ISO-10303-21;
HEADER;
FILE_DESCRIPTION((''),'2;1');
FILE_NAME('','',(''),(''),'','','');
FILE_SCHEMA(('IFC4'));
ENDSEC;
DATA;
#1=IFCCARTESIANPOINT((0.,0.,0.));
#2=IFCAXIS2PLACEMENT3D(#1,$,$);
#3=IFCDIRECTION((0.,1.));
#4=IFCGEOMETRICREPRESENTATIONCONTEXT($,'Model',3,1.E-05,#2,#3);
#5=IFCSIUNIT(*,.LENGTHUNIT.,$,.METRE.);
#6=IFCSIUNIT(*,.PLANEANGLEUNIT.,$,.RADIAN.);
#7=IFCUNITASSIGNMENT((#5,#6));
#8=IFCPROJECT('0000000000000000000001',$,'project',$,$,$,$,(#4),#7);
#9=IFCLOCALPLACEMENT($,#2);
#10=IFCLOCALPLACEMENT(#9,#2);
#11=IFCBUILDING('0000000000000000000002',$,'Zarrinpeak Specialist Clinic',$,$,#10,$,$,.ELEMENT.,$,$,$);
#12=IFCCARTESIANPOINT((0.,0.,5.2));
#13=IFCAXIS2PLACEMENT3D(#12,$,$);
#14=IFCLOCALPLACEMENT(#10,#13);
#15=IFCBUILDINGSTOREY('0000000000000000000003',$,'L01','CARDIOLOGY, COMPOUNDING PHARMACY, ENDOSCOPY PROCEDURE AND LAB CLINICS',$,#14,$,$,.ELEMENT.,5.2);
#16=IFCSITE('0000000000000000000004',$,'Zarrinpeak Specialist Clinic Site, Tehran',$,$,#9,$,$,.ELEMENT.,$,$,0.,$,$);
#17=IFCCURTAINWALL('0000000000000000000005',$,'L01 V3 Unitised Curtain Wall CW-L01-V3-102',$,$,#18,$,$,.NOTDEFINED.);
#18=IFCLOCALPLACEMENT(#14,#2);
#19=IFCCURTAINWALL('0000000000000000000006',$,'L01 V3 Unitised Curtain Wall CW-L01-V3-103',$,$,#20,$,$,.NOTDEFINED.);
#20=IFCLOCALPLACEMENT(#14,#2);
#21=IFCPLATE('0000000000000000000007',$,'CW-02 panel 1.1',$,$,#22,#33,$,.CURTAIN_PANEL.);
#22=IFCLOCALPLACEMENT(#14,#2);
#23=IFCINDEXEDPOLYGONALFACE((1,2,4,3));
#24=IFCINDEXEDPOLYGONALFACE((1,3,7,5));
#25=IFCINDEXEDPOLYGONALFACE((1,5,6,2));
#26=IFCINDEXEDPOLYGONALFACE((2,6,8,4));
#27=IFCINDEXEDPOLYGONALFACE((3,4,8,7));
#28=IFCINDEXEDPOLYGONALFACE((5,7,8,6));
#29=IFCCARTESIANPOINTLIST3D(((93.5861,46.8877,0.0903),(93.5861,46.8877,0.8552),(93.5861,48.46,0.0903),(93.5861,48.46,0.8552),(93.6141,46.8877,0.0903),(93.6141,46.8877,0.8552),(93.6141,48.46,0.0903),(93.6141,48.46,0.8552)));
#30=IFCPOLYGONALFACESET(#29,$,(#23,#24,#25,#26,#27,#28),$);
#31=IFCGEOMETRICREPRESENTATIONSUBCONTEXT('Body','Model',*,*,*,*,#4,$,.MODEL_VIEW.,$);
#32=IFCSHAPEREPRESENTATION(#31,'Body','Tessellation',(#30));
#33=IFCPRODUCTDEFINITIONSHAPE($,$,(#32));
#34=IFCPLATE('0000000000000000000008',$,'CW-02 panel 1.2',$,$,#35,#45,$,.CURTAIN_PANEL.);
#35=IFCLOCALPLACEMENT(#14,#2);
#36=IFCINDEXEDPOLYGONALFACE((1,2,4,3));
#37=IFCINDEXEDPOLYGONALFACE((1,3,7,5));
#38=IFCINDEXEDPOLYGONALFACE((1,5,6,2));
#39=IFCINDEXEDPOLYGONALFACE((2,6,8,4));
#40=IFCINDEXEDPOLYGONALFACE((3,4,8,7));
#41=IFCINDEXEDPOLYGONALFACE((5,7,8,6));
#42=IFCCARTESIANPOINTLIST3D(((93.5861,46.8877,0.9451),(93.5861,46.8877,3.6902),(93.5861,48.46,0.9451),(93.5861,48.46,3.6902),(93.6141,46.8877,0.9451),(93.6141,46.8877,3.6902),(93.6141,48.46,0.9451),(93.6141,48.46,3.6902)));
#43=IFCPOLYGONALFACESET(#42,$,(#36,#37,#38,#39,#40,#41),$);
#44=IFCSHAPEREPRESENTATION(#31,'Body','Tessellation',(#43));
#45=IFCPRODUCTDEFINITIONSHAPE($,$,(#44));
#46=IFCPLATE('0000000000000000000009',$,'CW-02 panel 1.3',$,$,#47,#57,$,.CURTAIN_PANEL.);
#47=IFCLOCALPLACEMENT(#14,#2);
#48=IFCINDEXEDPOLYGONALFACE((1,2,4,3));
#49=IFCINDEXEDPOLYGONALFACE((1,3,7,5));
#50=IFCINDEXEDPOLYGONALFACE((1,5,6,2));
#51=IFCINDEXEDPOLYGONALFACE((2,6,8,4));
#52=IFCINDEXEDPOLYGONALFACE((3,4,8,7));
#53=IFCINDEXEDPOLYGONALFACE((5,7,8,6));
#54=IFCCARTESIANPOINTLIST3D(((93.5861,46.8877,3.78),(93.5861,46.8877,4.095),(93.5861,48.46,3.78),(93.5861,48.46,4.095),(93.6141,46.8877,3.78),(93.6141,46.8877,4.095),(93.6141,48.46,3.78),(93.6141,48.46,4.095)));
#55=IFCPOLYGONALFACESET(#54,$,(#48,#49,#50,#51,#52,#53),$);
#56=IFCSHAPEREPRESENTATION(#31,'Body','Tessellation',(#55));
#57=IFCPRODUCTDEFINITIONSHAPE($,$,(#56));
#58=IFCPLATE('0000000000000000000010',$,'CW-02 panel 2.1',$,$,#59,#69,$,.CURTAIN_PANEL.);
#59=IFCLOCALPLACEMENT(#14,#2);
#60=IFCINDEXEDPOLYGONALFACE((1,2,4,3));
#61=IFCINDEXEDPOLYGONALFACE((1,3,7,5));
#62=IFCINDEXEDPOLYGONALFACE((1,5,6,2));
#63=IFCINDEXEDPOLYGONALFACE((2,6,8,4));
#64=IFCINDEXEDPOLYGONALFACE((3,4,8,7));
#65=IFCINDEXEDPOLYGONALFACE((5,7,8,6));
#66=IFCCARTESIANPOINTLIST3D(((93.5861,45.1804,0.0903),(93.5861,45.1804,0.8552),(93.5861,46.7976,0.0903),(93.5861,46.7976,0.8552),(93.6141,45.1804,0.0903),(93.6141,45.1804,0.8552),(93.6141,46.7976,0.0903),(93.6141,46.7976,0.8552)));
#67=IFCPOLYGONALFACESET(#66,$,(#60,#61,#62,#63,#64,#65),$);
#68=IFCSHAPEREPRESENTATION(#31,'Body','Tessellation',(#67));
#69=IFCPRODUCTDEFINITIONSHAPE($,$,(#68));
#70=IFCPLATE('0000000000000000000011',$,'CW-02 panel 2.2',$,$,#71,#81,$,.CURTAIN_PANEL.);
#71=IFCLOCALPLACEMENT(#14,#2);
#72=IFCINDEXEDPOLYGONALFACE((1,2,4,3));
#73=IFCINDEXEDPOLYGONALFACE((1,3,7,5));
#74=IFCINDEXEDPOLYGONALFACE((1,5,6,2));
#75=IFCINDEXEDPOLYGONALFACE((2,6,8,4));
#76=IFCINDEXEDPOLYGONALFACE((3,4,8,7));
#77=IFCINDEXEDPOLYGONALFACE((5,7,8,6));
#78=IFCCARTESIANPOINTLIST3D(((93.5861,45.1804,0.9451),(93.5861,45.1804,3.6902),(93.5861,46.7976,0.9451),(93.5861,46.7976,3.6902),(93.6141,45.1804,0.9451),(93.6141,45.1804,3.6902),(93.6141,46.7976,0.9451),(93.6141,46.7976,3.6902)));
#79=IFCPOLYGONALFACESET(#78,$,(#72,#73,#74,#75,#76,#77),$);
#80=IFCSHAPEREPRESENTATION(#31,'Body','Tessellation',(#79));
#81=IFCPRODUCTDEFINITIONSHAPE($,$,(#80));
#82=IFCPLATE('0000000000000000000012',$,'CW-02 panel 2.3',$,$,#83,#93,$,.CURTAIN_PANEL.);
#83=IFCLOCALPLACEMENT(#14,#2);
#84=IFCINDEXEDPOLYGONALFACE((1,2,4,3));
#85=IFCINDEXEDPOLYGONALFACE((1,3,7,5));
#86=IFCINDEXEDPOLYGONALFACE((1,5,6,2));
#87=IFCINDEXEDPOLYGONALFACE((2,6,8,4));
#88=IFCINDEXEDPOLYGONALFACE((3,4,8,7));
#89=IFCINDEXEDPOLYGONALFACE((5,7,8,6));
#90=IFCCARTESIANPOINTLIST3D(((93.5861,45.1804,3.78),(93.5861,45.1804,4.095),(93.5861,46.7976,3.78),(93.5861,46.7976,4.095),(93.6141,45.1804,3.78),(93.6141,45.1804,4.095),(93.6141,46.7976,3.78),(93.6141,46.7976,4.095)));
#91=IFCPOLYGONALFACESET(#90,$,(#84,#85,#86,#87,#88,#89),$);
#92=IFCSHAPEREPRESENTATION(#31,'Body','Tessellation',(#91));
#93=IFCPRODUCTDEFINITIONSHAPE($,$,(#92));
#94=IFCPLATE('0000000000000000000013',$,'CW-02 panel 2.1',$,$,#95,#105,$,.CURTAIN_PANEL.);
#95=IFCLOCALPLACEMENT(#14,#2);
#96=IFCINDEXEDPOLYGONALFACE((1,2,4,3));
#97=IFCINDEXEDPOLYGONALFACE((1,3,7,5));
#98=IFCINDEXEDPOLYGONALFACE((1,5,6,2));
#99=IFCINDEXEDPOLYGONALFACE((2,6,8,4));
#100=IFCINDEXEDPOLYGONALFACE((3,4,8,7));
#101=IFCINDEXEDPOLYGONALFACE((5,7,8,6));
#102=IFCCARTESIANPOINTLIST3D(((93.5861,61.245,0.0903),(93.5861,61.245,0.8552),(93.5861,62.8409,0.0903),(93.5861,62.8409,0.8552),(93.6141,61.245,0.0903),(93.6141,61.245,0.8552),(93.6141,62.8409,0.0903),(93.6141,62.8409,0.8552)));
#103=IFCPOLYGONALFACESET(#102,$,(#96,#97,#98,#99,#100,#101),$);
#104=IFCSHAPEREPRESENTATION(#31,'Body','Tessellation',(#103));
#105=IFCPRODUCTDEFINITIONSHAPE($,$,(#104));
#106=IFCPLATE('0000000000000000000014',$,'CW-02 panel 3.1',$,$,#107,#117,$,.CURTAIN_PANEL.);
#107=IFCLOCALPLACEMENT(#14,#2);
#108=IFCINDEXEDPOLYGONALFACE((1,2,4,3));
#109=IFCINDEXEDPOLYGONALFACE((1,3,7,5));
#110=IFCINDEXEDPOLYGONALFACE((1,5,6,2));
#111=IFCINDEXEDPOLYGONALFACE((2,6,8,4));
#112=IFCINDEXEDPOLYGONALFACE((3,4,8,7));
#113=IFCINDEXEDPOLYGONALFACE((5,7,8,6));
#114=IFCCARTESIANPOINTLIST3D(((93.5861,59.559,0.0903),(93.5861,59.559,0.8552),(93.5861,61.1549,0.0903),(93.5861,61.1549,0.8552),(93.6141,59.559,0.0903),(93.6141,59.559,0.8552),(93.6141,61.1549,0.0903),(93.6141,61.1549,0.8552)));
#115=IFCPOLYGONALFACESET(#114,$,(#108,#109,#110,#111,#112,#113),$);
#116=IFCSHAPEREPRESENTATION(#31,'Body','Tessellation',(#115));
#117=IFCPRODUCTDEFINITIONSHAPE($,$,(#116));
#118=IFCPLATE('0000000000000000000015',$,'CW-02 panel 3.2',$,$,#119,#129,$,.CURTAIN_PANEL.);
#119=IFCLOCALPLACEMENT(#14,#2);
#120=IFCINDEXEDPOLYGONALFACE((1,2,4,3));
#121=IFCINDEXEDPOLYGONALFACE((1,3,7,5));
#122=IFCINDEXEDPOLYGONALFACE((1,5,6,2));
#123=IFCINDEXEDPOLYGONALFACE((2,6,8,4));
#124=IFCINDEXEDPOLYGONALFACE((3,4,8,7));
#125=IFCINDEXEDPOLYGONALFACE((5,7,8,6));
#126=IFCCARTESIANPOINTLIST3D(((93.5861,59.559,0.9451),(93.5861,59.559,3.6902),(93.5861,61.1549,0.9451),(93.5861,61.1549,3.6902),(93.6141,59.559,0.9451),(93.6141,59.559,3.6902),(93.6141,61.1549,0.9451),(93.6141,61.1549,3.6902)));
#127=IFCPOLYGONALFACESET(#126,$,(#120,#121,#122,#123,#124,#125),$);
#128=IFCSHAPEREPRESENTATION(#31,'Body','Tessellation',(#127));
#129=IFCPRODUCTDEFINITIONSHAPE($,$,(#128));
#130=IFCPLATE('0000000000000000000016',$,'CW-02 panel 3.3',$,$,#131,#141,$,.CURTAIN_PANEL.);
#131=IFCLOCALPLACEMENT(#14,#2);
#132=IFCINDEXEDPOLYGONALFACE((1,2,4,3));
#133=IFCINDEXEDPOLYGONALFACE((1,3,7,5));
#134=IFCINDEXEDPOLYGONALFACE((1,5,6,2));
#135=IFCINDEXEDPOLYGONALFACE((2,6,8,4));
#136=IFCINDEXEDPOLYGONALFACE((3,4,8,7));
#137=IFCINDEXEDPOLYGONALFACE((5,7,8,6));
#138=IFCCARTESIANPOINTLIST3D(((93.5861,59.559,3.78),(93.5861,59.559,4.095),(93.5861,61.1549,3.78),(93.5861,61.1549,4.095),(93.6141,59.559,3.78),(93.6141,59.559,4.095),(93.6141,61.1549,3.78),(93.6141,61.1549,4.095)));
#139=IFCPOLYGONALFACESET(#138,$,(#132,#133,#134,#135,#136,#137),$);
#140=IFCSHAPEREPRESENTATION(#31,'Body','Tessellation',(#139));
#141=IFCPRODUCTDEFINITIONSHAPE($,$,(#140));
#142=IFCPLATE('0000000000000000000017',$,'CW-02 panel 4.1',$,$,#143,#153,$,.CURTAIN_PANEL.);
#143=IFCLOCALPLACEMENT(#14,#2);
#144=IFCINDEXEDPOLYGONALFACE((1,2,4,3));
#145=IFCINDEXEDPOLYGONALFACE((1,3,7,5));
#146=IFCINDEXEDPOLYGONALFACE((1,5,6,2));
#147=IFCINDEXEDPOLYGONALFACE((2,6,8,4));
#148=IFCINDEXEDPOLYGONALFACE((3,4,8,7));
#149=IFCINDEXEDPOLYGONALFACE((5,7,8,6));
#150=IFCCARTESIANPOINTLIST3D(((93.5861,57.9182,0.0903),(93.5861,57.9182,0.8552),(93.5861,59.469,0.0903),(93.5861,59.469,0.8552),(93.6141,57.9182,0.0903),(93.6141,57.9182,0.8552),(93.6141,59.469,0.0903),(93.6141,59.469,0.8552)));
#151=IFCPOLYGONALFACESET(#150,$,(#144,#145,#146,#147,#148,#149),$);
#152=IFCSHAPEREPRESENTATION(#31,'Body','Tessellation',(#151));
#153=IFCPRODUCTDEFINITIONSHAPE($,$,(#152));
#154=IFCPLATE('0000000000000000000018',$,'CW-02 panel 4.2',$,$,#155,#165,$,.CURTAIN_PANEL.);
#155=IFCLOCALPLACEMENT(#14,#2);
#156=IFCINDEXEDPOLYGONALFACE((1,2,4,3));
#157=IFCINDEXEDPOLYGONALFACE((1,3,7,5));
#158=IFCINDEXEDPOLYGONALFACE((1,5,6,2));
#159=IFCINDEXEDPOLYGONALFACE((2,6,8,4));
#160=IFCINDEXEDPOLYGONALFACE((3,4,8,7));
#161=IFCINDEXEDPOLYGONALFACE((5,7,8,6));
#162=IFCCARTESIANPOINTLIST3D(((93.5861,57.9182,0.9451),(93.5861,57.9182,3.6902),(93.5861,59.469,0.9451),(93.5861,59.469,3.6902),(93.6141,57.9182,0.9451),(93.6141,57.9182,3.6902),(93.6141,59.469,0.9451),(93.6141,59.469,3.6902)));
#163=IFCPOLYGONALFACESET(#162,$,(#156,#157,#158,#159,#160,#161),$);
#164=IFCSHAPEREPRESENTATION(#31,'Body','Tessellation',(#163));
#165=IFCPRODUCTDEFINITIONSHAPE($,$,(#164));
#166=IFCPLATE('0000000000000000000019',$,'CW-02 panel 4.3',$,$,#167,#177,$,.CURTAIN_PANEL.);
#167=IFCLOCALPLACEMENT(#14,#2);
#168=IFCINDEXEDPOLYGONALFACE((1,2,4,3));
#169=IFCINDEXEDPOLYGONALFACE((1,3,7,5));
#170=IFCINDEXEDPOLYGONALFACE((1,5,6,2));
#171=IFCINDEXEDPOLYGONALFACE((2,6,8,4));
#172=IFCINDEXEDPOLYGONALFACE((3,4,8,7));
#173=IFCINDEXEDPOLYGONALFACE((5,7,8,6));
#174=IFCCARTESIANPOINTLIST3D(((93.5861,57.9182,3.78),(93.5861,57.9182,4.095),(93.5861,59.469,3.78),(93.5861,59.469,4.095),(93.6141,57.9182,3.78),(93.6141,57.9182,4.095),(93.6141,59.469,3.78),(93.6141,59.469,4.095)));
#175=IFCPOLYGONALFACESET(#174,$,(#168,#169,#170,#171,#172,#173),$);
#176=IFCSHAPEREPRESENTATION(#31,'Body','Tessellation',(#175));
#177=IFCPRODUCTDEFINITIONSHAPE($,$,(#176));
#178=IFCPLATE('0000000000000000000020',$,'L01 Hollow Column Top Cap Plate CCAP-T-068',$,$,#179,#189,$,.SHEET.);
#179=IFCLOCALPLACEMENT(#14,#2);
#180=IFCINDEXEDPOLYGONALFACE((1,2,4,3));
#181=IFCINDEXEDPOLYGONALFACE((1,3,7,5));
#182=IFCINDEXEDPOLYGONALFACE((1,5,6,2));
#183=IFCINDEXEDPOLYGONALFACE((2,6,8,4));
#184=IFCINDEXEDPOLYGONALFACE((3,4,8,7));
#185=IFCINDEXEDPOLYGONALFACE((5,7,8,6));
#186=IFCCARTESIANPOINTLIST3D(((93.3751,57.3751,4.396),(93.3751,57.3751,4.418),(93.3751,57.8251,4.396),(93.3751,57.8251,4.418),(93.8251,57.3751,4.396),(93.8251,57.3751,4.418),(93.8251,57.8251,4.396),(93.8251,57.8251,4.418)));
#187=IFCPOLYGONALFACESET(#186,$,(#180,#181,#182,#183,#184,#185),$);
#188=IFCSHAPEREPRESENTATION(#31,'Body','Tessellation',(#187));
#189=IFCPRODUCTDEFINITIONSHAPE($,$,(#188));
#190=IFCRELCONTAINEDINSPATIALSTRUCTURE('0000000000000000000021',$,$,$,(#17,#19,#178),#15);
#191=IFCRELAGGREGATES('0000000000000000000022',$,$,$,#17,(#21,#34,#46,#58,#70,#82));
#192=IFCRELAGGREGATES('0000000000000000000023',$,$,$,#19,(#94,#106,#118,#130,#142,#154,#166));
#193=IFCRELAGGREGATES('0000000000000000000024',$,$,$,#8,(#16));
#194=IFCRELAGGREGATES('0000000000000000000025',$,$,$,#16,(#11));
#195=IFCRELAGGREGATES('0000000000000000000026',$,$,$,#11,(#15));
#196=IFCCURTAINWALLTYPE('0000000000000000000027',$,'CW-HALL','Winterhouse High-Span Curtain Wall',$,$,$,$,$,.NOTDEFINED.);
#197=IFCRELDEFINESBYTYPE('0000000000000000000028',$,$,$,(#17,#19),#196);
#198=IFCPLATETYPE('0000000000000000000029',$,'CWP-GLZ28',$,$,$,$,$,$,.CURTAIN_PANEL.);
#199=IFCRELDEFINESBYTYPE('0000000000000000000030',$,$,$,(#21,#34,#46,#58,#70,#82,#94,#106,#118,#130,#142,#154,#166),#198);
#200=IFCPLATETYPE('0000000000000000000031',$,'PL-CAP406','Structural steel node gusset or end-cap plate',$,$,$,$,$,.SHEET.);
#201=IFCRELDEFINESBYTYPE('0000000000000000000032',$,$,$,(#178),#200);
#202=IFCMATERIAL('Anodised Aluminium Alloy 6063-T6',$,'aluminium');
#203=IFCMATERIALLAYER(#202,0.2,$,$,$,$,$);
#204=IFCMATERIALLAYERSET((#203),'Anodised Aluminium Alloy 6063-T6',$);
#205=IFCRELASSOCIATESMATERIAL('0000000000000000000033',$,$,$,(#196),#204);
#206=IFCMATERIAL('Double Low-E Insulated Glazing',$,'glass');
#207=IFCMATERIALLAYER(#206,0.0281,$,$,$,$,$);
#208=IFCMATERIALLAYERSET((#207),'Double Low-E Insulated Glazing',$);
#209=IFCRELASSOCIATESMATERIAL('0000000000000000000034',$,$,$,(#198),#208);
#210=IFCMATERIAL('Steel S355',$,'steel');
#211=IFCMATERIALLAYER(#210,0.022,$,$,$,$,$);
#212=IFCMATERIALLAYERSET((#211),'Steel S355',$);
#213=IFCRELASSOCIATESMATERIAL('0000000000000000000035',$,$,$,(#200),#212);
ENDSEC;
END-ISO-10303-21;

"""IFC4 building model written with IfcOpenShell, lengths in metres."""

from ifc_helpers import new_model, si_unit, direction, frame, origin, origin_2d, place, context, subcontext, project, spatial, rectangle, extrude, material, layer, layer_set, type_object, element, aggregate, save


model = new_model("IFC4")

# Units and contexts
model_context = context("Model", 3, precision=1e-05, world=origin(), true_north=direction((0.0, 1.0)))
body_context = subcontext(model_context, "Body", "Model", "MODEL_VIEW")
ifc_project = project(units=[si_unit("LENGTHUNIT", "METRE"), si_unit("PLANEANGLEUNIT", "RADIAN")], contexts=[model_context])

# Site, building, storey
site_placement = place(None, origin())
site = spatial("IfcSite", under=ifc_project, at=site_placement, Name="Zarrinpeak Specialist Clinic Site, Tehran", CompositionType="ELEMENT", RefElevation=0.0)
building_placement = place(site_placement, origin())
building = spatial("IfcBuilding", under=site, at=building_placement, Name="Zarrinpeak Specialist Clinic", CompositionType="ELEMENT")
storey_placement = place(building_placement, frame((0.0, 0.0, 5.2)))
storey = spatial("IfcBuildingStorey", under=building, at=storey_placement, Name="L01", Description="CARDIOLOGY, COMPOUNDING PHARMACY, ENDOSCOPY PROCEDURE AND LAB CLINICS", CompositionType="ELEMENT", Elevation=5.2)

# Shared definitions
ifc_material_1 = material(Name="Steel S355", Category="steel")

# Curtain walls
ifc_material_2 = material(Name="Anodised Aluminium Alloy 6063-T6", Category="aluminium")
ifc_layer_1 = layer(ifc_material_2, 0.2)
ifc_layer_set_1 = layer_set([ifc_layer_1], Name="Anodised Aluminium Alloy 6063-T6")
curtain_wall_type = type_object("IfcCurtainWallType", Name="CW-HALL", Description="Winterhouse High-Span Curtain Wall", PredefinedType="NOTDEFINED", material=ifc_layer_set_1)
curtain_wall_1_placement = place(storey_placement, origin())
curtain_wall_1 = element("IfcCurtainWall", 1, at=curtain_wall_1_placement, inside=storey, type_object=curtain_wall_type, Name="L01 V3 Unitised Curtain Wall CW-L01-V3-102", PredefinedType="NOTDEFINED")
curtain_wall_2_placement = place(storey_placement, origin())
curtain_wall_2 = element("IfcCurtainWall", 2, at=curtain_wall_2_placement, inside=storey, type_object=curtain_wall_type, Name="L01 V3 Unitised Curtain Wall CW-L01-V3-103", PredefinedType="NOTDEFINED")

# Plates
ifc_material_3 = material(Name="Double Low-E Insulated Glazing", Category="glass")
ifc_layer_2 = layer(ifc_material_3, 0.0281)
ifc_layer_set_2 = layer_set([ifc_layer_2], Name="Double Low-E Insulated Glazing")
plate_type_1 = type_object("IfcPlateType", Name="CWP-GLZ28", PredefinedType="CURTAIN_PANEL", material=ifc_layer_set_2)
plate_1_placement = place(storey_placement, frame((93.6001, 47.6738, 0.0903), z_axis=(0.0, 0.0, 1.0), x_axis=(0.0, -1.0, 0.0)))
plate_1 = element("IfcPlate", 3, at=plate_1_placement, type_object=plate_type_1, Name="CW-02 panel 1.1", PredefinedType="CURTAIN_PANEL", context=body_context, shape_type="SweptSolid", body=[
    extrude(rectangle(XDim=1.5723, YDim=0.0281, at=origin_2d()), origin(), (0.0, 0.0, 1.0), 0.7649),
])
plate_2_placement = place(storey_placement, frame((93.6001, 47.6738, 0.9451), z_axis=(0.0, 0.0, 1.0), x_axis=(0.0, -1.0, 0.0)))
plate_2 = element("IfcPlate", 4, at=plate_2_placement, type_object=plate_type_1, Name="CW-02 panel 1.2", PredefinedType="CURTAIN_PANEL", context=body_context, shape_type="SweptSolid", body=[
    extrude(rectangle(XDim=1.5723, YDim=0.0281, at=origin_2d()), origin(), (0.0, 0.0, 1.0), 2.7451),
])
plate_3_placement = place(storey_placement, frame((93.6001, 47.6738, 3.78), z_axis=(0.0, 0.0, 1.0), x_axis=(0.0, -1.0, 0.0)))
plate_3 = element("IfcPlate", 5, at=plate_3_placement, type_object=plate_type_1, Name="CW-02 panel 1.3", PredefinedType="CURTAIN_PANEL", context=body_context, shape_type="SweptSolid", body=[
    extrude(rectangle(XDim=1.5723, YDim=0.0281, at=origin_2d()), origin(), (0.0, 0.0, 1.0), 0.3149),
])
plate_4_placement = place(storey_placement, frame((93.6001, 45.989, 0.0903), z_axis=(0.0, 0.0, 1.0), x_axis=(0.0, -1.0, 0.0)))
plate_4 = element("IfcPlate", 6, at=plate_4_placement, type_object=plate_type_1, Name="CW-02 panel 2.1", PredefinedType="CURTAIN_PANEL", context=body_context, shape_type="SweptSolid", body=[
    extrude(rectangle(XDim=1.6172, YDim=0.0281, at=origin_2d()), origin(), (0.0, 0.0, 1.0), 0.7649),
])
plate_5_placement = place(storey_placement, frame((93.6001, 45.989, 0.9451), z_axis=(0.0, 0.0, 1.0), x_axis=(0.0, -1.0, 0.0)))
plate_5 = element("IfcPlate", 7, at=plate_5_placement, type_object=plate_type_1, Name="CW-02 panel 2.2", PredefinedType="CURTAIN_PANEL", context=body_context, shape_type="SweptSolid", body=[
    extrude(rectangle(XDim=1.6172, YDim=0.0281, at=origin_2d()), origin(), (0.0, 0.0, 1.0), 2.7451),
])
plate_6_placement = place(storey_placement, frame((93.6001, 45.989, 3.78), z_axis=(0.0, 0.0, 1.0), x_axis=(0.0, -1.0, 0.0)))
plate_6 = element("IfcPlate", 8, at=plate_6_placement, type_object=plate_type_1, Name="CW-02 panel 2.3", PredefinedType="CURTAIN_PANEL", context=body_context, shape_type="SweptSolid", body=[
    extrude(rectangle(XDim=1.6172, YDim=0.0281, at=origin_2d()), origin(), (0.0, 0.0, 1.0), 0.3149),
])
aggregate(curtain_wall_1, [plate_1, plate_2, plate_3, plate_4, plate_5, plate_6])
plate_7_placement = place(storey_placement, frame((93.6001, 62.043, 0.0903), z_axis=(0.0, 0.0, 1.0), x_axis=(0.0, -1.0, 0.0)))
plate_7 = element("IfcPlate", 9, at=plate_7_placement, type_object=plate_type_1, Name="CW-02 panel 2.1", PredefinedType="CURTAIN_PANEL", context=body_context, shape_type="SweptSolid", body=[
    extrude(rectangle(XDim=1.5959, YDim=0.0281, at=origin_2d()), origin(), (0.0, 0.0, 1.0), 0.7649),
])
plate_8_placement = place(storey_placement, frame((93.6001, 60.3569, 0.0903), z_axis=(0.0, 0.0, 1.0), x_axis=(0.0, -1.0, 0.0)))
plate_8 = element("IfcPlate", 10, at=plate_8_placement, type_object=plate_type_1, Name="CW-02 panel 3.1", PredefinedType="CURTAIN_PANEL", context=body_context, shape_type="SweptSolid", body=[
    extrude(rectangle(XDim=1.5959, YDim=0.0281, at=origin_2d()), origin(), (0.0, 0.0, 1.0), 0.7649),
])
plate_9_placement = place(storey_placement, frame((93.6001, 60.3569, 0.9451), z_axis=(0.0, 0.0, 1.0), x_axis=(0.0, -1.0, 0.0)))
plate_9 = element("IfcPlate", 11, at=plate_9_placement, type_object=plate_type_1, Name="CW-02 panel 3.2", PredefinedType="CURTAIN_PANEL", context=body_context, shape_type="SweptSolid", body=[
    extrude(rectangle(XDim=1.5959, YDim=0.0281, at=origin_2d()), origin(), (0.0, 0.0, 1.0), 2.7451),
])
plate_10_placement = place(storey_placement, frame((93.6001, 60.3569, 3.78), z_axis=(0.0, 0.0, 1.0), x_axis=(0.0, -1.0, 0.0)))
plate_10 = element("IfcPlate", 12, at=plate_10_placement, type_object=plate_type_1, Name="CW-02 panel 3.3", PredefinedType="CURTAIN_PANEL", context=body_context, shape_type="SweptSolid", body=[
    extrude(rectangle(XDim=1.5959, YDim=0.0281, at=origin_2d()), origin(), (0.0, 0.0, 1.0), 0.3149),
])
plate_11_placement = place(storey_placement, frame((93.6001, 58.6936, 0.0903), z_axis=(0.0, 0.0, 1.0), x_axis=(0.0, -1.0, 0.0)))
plate_11 = element("IfcPlate", 13, at=plate_11_placement, type_object=plate_type_1, Name="CW-02 panel 4.1", PredefinedType="CURTAIN_PANEL", context=body_context, shape_type="SweptSolid", body=[
    extrude(rectangle(XDim=1.5508, YDim=0.0281, at=origin_2d()), origin(), (0.0, 0.0, 1.0), 0.7649),
])
plate_12_placement = place(storey_placement, frame((93.6001, 58.6936, 0.9451), z_axis=(0.0, 0.0, 1.0), x_axis=(0.0, -1.0, 0.0)))
plate_12 = element("IfcPlate", 14, at=plate_12_placement, type_object=plate_type_1, Name="CW-02 panel 4.2", PredefinedType="CURTAIN_PANEL", context=body_context, shape_type="SweptSolid", body=[
    extrude(rectangle(XDim=1.5508, YDim=0.0281, at=origin_2d()), origin(), (0.0, 0.0, 1.0), 2.7451),
])
plate_13_placement = place(storey_placement, frame((93.6001, 58.6936, 3.78), z_axis=(0.0, 0.0, 1.0), x_axis=(0.0, -1.0, 0.0)))
plate_13 = element("IfcPlate", 15, at=plate_13_placement, type_object=plate_type_1, Name="CW-02 panel 4.3", PredefinedType="CURTAIN_PANEL", context=body_context, shape_type="SweptSolid", body=[
    extrude(rectangle(XDim=1.5508, YDim=0.0281, at=origin_2d()), origin(), (0.0, 0.0, 1.0), 0.3149),
])
aggregate(curtain_wall_2, [plate_7, plate_8, plate_9, plate_10, plate_11, plate_12, plate_13])
ifc_layer_3 = layer(ifc_material_1, 0.022)
ifc_layer_set_3 = layer_set([ifc_layer_3], Name="Steel S355")
plate_type_2 = type_object("IfcPlateType", Name="PL-CAP406", Description="Structural steel node gusset or end-cap plate", PredefinedType="SHEET", material=ifc_layer_set_3)
plate_14_placement = place(storey_placement, frame((93.6001, 57.6001, 4.396), z_axis=(0.0, 0.0, 1.0), x_axis=(1.0, 0.0, 0.0)))
element("IfcPlate", 16, at=plate_14_placement, inside=storey, type_object=plate_type_2, Name="L01 Hollow Column Top Cap Plate CCAP-T-068", PredefinedType="SHEET", context=body_context, shape_type="SweptSolid", body=[
    extrude(rectangle(XDim=0.45, YDim=0.45, at=origin_2d()), origin(), (0.0, 0.0, 1.0), 0.022),
])

save(model, "model.ifc")
